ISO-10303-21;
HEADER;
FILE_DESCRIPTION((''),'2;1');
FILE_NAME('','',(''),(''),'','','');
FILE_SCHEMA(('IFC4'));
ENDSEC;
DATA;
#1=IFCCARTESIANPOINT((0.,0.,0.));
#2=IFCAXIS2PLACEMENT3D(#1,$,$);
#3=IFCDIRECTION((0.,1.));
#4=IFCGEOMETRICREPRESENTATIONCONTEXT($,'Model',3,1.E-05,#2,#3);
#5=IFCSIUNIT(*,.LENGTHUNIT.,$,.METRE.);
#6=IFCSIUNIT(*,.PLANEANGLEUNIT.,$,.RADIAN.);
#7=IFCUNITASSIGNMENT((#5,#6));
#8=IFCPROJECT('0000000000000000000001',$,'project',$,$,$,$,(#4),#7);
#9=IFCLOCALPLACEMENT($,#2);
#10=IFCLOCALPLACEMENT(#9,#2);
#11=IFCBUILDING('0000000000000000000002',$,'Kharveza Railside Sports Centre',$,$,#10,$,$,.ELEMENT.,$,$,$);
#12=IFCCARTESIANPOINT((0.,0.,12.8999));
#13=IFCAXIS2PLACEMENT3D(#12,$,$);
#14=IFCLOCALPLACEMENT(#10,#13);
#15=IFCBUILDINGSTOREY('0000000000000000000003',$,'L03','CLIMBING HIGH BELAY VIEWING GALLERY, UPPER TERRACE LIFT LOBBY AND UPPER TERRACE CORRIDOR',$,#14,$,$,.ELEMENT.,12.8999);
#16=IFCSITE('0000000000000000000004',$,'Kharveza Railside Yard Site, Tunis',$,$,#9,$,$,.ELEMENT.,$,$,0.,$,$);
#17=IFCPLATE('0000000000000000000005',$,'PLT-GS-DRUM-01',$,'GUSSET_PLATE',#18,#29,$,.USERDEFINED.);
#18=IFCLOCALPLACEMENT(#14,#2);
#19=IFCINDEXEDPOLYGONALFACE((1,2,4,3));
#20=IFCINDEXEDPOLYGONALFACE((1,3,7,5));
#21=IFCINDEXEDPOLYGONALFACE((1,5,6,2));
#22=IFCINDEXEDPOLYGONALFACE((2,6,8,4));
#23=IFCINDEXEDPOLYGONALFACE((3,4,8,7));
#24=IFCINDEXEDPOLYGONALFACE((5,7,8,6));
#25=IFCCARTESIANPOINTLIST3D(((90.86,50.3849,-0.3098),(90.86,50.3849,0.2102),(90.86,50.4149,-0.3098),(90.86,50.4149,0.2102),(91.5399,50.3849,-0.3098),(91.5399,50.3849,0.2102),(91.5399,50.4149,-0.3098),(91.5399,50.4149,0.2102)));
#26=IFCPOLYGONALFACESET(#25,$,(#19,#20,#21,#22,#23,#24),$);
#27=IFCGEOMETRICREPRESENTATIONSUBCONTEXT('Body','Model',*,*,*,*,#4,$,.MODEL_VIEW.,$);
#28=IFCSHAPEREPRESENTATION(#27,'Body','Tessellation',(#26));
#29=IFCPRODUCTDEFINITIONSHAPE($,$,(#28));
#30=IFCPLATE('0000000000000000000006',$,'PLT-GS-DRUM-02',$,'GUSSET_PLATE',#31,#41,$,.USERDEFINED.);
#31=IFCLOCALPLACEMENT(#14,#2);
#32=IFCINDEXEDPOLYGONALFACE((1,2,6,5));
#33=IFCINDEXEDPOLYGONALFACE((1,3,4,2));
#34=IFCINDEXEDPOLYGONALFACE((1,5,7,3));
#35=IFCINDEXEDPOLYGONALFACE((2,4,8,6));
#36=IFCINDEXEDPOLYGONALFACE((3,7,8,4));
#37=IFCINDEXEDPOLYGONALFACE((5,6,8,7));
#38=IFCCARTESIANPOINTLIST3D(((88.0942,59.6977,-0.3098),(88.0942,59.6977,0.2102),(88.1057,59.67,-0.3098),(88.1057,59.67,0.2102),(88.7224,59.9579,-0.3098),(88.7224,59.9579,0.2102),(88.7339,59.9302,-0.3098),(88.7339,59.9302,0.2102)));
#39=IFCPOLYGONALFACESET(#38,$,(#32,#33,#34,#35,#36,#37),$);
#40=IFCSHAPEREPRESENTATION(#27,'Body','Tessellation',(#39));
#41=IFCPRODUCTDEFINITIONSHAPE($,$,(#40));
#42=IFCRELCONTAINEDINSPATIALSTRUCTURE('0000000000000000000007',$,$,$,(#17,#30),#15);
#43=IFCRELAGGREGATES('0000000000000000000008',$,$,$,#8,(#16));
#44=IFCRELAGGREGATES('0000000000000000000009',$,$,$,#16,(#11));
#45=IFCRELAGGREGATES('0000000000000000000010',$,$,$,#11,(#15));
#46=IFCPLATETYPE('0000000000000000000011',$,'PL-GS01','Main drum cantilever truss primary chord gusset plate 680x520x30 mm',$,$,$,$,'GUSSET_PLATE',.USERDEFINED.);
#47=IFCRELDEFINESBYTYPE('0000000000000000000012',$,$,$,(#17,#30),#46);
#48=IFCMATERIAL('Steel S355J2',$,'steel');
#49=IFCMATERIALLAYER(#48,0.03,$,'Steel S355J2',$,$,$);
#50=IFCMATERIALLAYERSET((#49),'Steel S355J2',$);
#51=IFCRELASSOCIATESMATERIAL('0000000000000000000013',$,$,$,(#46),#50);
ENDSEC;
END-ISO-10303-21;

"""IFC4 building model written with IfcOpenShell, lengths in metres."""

from ifc_helpers import new_model, si_unit, direction, frame, origin, origin_2d, place, context, subcontext, project, spatial, rectangle, extrude, material, layer, layer_set, type_object, element, save


model = new_model("IFC4")

# Units and contexts
model_context = context("Model", 3, precision=1e-05, world=origin(), true_north=direction((0.0, 1.0)))
body_context = subcontext(model_context, "Body", "Model", "MODEL_VIEW")
ifc_project = project(units=[si_unit("LENGTHUNIT", "METRE"), si_unit("PLANEANGLEUNIT", "RADIAN")], contexts=[model_context])

# Site, building, storey
site_placement = place(None, origin())
site = spatial("IfcSite", under=ifc_project, at=site_placement, Name="Kharveza Railside Yard Site, Tunis", CompositionType="ELEMENT", RefElevation=0.0)
building_placement = place(site_placement, origin())
building = spatial("IfcBuilding", under=site, at=building_placement, Name="Kharveza Railside Sports Centre", CompositionType="ELEMENT")
storey_placement = place(building_placement, frame((0.0, 0.0, 12.8999)))
storey = spatial("IfcBuildingStorey", under=building, at=storey_placement, Name="L03", Description="CLIMBING HIGH BELAY VIEWING GALLERY, UPPER TERRACE LIFT LOBBY AND UPPER TERRACE CORRIDOR", CompositionType="ELEMENT", Elevation=12.8999)

# Shared definitions
ifc_material_1 = material(Name="Steel S355J2", Category="steel")

# Plates
ifc_layer_1 = layer(ifc_material_1, 0.03, Name="Steel S355J2")
ifc_layer_set_1 = layer_set([ifc_layer_1], Name="Steel S355J2")
plate_type_1 = type_object("IfcPlateType", Name="PL-GS01", Description="Main drum cantilever truss primary chord gusset plate 680x520x30 mm", ElementType="GUSSET_PLATE", PredefinedType="USERDEFINED", material=ifc_layer_set_1)
for number, where, z_axis, x_axis, name in (
    (1, (91.2, 50.3999, -0.3098), (0.0, 0.0, 1.0), (1.0, 0.0, 0.0), "PLT-GS-DRUM-01"),
    (2, (88.4141, 59.814, -0.3098), (0.0, 0.0, 1.0), (0.92388, 0.382683, 0.0), "PLT-GS-DRUM-02"),
):
    element("IfcPlate", number, at=place(storey_placement, frame(where, z_axis=z_axis, x_axis=x_axis)), inside=storey, type_object=plate_type_1, Name=name, ObjectType="GUSSET_PLATE", PredefinedType="USERDEFINED", context=body_context, shape_type="SweptSolid", body=[
        extrude(rectangle(XDim=0.6799, YDim=0.03, at=origin_2d()), origin(), (0.0, 0.0, 1.0), 0.52),
    ])

save(model, "model.ifc")
